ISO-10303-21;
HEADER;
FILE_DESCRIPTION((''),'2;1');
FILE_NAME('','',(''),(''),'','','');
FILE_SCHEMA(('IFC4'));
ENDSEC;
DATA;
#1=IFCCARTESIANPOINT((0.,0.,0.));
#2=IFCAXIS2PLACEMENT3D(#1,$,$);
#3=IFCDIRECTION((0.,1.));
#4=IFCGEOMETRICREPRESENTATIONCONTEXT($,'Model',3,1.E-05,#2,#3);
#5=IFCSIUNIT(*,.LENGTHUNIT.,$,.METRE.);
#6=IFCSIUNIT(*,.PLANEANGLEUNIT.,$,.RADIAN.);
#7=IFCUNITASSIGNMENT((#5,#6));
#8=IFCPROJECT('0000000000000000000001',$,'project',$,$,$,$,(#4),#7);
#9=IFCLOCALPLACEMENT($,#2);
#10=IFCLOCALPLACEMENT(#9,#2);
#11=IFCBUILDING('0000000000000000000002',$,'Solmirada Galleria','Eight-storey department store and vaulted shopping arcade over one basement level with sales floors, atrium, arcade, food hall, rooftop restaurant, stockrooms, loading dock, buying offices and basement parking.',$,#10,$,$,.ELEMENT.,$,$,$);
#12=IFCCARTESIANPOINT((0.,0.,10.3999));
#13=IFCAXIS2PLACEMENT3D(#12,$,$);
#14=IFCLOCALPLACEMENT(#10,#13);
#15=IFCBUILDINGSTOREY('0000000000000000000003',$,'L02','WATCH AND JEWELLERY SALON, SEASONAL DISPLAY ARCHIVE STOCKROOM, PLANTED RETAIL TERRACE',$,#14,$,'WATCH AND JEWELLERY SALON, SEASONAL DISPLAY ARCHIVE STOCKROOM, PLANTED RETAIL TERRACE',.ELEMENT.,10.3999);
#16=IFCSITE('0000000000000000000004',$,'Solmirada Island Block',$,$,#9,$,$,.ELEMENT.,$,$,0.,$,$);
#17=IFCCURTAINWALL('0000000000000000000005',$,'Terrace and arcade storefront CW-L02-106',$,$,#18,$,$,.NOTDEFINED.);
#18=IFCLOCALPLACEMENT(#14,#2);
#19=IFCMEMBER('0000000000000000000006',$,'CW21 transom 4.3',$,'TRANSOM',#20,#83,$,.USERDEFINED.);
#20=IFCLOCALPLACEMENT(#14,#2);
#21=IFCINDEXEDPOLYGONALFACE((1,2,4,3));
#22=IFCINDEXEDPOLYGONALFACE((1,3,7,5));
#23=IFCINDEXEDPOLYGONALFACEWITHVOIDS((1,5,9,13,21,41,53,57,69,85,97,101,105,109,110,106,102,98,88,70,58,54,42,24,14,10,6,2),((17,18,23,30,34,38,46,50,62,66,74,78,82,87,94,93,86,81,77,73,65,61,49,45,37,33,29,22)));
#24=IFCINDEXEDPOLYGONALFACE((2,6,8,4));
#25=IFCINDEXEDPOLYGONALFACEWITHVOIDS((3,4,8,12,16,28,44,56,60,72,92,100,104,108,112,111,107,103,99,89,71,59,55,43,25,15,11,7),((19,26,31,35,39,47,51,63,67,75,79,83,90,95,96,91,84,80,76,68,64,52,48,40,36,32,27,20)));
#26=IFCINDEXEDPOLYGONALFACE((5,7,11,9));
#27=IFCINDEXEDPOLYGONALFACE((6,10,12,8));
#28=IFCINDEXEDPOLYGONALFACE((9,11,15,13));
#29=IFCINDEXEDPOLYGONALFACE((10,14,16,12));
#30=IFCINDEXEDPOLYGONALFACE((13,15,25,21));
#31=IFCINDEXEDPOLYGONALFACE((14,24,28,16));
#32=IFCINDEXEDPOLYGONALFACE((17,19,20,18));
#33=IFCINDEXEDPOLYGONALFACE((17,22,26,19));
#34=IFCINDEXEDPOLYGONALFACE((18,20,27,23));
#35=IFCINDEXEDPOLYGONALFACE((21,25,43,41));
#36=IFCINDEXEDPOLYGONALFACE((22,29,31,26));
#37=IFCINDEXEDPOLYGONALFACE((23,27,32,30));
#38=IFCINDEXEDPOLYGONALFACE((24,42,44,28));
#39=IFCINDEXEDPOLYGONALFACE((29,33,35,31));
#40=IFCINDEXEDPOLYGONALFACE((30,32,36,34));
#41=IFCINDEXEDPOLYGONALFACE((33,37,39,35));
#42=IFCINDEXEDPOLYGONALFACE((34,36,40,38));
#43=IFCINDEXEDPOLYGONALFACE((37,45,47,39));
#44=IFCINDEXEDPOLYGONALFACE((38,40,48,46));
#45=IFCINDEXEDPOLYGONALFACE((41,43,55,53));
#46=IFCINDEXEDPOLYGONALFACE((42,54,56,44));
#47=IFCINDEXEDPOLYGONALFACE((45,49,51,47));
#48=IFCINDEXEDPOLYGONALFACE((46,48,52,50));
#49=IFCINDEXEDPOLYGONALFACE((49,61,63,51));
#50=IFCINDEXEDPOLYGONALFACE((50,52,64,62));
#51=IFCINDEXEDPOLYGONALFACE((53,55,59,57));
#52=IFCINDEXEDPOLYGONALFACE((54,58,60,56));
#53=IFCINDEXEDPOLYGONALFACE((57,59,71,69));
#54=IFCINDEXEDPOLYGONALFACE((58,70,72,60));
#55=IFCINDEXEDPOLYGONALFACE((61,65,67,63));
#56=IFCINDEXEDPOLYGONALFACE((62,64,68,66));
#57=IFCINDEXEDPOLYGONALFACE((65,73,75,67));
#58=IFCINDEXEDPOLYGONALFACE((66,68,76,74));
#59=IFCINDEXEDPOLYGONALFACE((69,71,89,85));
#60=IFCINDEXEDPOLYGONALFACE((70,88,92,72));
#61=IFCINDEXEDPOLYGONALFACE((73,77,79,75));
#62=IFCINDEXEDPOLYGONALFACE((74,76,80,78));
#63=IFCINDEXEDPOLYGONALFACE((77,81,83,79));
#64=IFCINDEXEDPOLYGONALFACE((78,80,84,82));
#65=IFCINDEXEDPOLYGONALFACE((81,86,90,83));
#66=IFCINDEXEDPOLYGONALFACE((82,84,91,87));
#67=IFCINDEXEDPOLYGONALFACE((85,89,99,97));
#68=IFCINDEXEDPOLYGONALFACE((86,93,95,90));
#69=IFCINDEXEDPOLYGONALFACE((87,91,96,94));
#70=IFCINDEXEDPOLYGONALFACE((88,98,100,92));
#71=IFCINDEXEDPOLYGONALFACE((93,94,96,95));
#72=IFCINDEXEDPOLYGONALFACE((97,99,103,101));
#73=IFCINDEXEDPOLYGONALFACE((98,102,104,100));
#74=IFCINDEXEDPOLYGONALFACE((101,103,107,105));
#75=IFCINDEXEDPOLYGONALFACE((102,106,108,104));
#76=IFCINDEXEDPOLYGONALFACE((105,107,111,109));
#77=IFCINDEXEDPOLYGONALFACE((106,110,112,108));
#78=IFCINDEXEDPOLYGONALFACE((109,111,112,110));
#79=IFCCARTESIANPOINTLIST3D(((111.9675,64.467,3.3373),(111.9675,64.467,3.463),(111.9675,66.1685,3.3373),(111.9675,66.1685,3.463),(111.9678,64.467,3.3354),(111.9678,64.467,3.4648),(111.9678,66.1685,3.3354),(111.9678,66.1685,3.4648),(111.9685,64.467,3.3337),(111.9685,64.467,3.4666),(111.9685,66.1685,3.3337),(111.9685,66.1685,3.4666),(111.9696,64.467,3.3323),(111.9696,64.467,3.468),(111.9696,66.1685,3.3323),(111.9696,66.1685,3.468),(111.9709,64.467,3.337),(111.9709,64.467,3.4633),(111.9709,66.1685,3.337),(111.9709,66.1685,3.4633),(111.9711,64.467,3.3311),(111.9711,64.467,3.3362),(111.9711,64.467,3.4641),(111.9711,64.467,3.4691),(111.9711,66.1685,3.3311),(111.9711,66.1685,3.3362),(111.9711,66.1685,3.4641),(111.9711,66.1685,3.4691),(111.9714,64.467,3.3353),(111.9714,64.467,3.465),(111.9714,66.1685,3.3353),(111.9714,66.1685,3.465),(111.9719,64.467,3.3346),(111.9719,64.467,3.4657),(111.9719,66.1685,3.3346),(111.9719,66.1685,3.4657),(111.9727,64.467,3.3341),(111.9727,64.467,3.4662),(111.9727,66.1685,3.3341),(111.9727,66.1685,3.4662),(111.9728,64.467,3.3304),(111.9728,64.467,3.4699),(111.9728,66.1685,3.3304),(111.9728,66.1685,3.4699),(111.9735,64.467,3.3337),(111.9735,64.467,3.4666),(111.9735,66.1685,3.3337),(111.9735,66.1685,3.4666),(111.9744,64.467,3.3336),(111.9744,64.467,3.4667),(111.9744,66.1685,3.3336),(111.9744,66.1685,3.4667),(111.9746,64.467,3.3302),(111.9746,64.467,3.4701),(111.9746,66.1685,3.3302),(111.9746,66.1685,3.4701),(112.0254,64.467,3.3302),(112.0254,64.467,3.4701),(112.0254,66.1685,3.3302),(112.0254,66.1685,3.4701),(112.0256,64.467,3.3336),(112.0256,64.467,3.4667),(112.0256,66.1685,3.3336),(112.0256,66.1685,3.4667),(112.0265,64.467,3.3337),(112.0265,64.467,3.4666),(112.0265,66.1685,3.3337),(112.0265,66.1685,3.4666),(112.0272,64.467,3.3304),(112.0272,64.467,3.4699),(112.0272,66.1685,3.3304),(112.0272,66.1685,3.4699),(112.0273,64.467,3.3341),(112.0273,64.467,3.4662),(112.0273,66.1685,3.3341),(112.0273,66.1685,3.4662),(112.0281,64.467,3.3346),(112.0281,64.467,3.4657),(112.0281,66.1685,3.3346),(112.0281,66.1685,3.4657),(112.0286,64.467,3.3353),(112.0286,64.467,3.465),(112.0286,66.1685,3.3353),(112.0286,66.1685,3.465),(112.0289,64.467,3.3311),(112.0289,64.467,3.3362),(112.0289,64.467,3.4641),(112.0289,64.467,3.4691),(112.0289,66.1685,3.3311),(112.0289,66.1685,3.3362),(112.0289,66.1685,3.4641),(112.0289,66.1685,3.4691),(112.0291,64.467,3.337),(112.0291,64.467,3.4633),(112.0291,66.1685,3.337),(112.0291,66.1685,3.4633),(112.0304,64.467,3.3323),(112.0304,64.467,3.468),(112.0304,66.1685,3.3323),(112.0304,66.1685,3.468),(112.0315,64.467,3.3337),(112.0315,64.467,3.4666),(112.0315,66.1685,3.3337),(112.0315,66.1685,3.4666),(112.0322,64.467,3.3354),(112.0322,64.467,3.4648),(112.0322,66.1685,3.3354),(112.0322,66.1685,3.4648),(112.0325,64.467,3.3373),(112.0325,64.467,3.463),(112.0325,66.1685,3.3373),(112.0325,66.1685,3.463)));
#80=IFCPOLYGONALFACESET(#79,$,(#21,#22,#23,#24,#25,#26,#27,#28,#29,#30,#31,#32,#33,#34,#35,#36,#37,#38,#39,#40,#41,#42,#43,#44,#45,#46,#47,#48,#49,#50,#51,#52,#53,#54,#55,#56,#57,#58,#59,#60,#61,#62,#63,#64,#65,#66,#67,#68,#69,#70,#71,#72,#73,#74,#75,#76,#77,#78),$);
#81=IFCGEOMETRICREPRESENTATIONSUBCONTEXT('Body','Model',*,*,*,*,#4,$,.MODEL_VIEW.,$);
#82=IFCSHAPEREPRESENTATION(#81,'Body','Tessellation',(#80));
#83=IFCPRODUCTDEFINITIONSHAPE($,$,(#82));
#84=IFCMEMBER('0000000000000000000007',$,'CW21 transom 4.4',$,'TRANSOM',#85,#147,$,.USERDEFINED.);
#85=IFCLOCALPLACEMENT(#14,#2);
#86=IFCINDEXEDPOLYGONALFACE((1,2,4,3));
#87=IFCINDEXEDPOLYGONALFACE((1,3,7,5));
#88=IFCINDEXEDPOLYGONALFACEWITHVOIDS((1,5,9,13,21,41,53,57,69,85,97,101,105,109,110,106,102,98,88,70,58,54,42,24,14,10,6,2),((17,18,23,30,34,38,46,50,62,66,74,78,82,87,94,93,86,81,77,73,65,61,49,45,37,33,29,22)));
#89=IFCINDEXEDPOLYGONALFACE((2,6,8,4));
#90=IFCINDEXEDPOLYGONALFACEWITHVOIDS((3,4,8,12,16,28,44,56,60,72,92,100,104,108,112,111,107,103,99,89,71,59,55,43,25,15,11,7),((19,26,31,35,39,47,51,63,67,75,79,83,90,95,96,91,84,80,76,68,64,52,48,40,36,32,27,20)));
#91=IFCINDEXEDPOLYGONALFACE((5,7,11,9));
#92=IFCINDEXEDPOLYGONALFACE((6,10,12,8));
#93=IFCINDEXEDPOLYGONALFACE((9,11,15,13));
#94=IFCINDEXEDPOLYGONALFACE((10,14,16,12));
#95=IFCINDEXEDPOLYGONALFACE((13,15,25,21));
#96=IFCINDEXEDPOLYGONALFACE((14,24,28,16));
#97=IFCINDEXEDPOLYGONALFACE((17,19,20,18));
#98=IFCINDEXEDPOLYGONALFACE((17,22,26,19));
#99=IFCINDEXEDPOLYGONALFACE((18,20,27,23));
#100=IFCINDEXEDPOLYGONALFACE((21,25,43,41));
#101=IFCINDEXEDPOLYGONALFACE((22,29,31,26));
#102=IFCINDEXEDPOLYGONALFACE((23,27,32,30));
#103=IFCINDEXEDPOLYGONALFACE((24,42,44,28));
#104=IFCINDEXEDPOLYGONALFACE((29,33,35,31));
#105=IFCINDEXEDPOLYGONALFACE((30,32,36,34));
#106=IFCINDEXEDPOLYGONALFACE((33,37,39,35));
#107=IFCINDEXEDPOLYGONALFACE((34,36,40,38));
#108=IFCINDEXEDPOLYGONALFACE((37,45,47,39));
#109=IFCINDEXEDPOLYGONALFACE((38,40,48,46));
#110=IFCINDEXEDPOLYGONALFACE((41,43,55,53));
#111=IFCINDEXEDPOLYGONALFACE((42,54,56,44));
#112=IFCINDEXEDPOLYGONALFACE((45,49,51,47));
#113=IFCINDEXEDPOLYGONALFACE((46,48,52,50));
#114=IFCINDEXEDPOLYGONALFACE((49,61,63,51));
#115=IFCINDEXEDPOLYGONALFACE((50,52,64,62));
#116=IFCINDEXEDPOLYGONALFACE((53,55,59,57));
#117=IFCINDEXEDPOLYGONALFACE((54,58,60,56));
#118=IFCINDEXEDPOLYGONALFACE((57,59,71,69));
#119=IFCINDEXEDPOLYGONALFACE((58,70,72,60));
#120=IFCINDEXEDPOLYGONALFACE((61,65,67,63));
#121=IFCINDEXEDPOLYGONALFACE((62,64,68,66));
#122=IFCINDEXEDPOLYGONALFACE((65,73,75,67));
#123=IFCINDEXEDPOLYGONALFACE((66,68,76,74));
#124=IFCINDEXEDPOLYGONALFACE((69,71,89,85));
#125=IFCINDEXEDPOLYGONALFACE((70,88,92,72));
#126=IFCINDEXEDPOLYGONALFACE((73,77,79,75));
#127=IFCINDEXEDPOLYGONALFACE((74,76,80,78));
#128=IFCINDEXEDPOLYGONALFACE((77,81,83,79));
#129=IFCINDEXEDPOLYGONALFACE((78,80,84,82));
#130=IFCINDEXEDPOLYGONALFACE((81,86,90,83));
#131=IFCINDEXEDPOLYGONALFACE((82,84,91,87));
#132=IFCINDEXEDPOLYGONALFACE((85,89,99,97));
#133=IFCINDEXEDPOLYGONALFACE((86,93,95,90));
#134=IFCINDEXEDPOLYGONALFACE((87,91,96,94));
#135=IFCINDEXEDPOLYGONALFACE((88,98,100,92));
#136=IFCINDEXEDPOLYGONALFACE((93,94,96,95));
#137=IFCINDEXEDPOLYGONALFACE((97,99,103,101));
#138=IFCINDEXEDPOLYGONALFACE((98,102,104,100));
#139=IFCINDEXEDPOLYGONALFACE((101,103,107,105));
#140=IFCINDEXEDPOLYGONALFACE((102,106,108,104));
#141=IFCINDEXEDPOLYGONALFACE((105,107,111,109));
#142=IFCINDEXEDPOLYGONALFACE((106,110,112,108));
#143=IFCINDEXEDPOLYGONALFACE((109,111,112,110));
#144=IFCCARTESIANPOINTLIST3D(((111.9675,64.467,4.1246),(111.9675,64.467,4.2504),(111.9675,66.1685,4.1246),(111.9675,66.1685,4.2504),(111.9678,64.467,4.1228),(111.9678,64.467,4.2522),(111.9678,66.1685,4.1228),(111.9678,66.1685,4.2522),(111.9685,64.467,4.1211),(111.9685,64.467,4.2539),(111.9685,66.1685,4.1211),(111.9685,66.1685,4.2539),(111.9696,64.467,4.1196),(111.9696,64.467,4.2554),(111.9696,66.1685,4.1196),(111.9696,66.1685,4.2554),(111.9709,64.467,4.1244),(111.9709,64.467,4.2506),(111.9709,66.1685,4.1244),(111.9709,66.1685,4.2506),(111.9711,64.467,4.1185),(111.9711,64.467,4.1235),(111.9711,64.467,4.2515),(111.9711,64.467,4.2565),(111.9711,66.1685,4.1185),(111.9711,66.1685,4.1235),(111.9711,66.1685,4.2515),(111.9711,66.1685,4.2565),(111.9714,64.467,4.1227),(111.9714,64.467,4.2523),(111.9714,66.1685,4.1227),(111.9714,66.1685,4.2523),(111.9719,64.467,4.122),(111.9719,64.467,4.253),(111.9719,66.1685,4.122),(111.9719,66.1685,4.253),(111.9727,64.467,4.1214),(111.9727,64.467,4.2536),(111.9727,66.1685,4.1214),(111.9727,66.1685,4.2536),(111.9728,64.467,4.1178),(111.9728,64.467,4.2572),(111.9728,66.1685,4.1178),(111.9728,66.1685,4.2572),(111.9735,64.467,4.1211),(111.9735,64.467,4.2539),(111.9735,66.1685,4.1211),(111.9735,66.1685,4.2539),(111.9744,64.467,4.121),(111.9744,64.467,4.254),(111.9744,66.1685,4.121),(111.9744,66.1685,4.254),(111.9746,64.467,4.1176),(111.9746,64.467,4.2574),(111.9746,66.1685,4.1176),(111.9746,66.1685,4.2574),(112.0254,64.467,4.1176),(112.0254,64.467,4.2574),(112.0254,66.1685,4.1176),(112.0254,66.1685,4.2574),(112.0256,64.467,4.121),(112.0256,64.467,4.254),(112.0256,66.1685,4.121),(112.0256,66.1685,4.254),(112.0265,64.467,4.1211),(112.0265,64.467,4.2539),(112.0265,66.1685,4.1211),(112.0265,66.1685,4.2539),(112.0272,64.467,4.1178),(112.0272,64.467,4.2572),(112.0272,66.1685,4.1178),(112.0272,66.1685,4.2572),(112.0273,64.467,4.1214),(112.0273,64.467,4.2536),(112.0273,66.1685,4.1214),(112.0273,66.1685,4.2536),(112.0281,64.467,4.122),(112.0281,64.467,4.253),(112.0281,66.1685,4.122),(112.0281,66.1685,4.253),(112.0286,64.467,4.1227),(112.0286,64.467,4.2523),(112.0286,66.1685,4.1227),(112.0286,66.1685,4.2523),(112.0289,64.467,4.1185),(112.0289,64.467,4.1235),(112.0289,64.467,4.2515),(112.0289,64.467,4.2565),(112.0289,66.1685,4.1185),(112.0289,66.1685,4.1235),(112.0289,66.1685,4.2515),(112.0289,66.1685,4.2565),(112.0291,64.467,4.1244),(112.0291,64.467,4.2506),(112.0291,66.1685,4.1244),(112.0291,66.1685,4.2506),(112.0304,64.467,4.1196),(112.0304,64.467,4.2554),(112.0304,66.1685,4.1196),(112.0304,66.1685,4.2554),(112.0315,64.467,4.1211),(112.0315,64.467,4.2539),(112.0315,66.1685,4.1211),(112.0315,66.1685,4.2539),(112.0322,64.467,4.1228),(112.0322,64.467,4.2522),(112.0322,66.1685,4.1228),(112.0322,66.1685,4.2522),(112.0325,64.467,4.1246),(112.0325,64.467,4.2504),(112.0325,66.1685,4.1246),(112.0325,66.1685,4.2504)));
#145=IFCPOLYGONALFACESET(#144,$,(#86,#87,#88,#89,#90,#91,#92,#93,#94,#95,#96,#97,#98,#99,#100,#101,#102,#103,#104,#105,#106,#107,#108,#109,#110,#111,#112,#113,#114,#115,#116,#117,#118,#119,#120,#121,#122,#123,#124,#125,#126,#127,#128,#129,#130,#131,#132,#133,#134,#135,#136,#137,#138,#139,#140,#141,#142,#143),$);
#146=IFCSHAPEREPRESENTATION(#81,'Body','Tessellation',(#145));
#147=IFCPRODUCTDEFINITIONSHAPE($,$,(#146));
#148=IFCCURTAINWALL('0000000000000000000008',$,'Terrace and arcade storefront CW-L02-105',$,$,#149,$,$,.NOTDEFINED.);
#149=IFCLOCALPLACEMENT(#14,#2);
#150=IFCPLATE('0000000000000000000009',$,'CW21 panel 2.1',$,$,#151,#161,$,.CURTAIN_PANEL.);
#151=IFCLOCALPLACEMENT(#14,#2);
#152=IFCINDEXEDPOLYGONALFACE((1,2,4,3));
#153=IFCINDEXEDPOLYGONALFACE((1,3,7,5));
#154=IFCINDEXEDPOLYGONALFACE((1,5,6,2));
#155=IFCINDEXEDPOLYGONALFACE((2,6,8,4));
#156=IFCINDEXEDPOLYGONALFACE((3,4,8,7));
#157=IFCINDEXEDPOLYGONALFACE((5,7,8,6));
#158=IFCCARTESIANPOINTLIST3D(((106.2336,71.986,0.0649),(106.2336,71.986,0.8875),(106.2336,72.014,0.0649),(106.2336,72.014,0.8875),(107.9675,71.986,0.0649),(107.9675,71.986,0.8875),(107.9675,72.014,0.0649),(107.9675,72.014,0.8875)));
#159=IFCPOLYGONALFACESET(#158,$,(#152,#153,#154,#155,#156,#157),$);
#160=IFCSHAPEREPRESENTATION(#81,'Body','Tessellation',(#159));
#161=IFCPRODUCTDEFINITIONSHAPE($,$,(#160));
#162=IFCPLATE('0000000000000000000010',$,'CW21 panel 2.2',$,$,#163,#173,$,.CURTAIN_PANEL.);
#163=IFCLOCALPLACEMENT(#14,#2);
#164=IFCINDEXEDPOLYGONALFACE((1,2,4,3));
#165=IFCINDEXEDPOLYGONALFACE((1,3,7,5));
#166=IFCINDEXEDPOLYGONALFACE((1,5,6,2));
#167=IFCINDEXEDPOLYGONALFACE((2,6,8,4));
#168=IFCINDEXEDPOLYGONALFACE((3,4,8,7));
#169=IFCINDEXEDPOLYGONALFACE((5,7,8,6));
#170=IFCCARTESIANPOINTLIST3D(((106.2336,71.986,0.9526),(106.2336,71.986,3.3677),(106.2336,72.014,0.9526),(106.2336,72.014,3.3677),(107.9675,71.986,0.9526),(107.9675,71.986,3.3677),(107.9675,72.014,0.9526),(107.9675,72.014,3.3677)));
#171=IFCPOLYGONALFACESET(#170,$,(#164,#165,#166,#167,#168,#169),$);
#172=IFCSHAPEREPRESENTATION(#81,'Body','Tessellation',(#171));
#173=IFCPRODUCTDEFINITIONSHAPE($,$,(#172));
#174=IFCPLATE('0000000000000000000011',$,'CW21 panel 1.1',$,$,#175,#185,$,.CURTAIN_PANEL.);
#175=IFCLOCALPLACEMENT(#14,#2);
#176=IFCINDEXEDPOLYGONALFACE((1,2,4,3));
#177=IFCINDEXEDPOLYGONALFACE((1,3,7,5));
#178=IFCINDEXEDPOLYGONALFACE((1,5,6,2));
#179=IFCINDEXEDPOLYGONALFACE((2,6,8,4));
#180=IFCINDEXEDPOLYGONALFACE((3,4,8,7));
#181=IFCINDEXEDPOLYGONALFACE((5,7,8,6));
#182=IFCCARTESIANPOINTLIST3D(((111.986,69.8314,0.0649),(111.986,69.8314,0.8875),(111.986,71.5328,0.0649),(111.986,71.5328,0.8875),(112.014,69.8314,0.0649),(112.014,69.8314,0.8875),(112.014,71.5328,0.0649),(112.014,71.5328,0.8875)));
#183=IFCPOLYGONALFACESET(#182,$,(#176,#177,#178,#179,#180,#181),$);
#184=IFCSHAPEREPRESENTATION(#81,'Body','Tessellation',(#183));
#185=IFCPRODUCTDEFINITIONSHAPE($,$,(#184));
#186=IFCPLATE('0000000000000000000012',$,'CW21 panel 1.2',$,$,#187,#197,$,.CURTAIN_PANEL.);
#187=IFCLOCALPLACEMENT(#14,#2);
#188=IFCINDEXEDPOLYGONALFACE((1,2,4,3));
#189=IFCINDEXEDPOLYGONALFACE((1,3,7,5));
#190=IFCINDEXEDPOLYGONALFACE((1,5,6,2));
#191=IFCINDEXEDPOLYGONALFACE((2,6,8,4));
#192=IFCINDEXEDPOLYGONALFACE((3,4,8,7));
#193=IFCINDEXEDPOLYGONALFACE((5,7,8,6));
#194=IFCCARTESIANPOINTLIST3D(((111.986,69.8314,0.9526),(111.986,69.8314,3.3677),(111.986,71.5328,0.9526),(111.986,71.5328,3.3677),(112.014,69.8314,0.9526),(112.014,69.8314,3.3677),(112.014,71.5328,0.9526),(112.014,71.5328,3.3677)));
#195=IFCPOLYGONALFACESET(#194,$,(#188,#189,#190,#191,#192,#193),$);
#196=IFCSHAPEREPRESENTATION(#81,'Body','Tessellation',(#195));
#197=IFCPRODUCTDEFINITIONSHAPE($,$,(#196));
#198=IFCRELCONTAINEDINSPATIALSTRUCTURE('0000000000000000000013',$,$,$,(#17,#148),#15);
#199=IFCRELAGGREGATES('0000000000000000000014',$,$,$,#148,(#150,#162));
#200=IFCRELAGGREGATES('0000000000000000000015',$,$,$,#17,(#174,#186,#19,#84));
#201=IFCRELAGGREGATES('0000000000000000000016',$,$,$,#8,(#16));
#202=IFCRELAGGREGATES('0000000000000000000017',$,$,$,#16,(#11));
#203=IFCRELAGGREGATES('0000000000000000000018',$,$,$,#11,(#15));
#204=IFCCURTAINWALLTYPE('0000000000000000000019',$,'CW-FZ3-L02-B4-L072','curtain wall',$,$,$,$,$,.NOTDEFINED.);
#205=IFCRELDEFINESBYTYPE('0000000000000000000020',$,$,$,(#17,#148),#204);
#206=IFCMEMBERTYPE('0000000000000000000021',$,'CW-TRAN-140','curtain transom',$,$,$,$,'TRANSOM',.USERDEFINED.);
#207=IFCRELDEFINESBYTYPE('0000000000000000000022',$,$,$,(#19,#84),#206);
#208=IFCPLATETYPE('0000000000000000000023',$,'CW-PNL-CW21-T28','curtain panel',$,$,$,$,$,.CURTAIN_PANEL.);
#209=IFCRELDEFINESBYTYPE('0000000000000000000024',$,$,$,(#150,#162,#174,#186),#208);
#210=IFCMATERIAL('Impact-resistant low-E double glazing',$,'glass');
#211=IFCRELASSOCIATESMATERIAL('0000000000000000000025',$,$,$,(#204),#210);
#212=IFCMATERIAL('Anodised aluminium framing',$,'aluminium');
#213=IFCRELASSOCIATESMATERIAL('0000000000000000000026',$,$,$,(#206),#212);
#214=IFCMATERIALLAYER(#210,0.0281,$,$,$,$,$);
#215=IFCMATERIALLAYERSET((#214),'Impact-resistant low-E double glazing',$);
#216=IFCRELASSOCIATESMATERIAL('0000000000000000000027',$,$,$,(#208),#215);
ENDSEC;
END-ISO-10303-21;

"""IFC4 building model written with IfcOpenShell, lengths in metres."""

from ifc_helpers import new_model, si_unit, direction, frame, origin, origin_2d, place, context, subcontext, project, spatial, rectangle, hollow_rectangle, extrude, material, layer, layer_set, material_profile, profile_set, type_object, element, aggregate, save


model = new_model("IFC4")

# Units and contexts
model_context = context("Model", 3, precision=1e-05, world=origin(), true_north=direction((0.0, 1.0)))
body_context = subcontext(model_context, "Body", "Model", "MODEL_VIEW")
ifc_project = project(units=[si_unit("LENGTHUNIT", "METRE"), si_unit("PLANEANGLEUNIT", "RADIAN")], contexts=[model_context])

# Site, building, storey
site_placement = place(None, origin())
site = spatial("IfcSite", under=ifc_project, at=site_placement, Name="Solmirada Island Block", CompositionType="ELEMENT", RefElevation=0.0)
building_placement = place(site_placement, origin())
building = spatial("IfcBuilding", under=site, at=building_placement, Name="Solmirada Galleria", Description="Eight-storey department store and vaulted shopping arcade over one basement level with sales floors, atrium, arcade, food hall, rooftop restaurant, stockrooms, loading dock, buying offices and basement parking.", CompositionType="ELEMENT")
storey_placement = place(building_placement, frame((0.0, 0.0, 10.3999)))
storey = spatial("IfcBuildingStorey", under=building, at=storey_placement, Name="L02", Description="WATCH AND JEWELLERY SALON, SEASONAL DISPLAY ARCHIVE STOCKROOM, PLANTED RETAIL TERRACE", LongName="WATCH AND JEWELLERY SALON, SEASONAL DISPLAY ARCHIVE STOCKROOM, PLANTED RETAIL TERRACE", CompositionType="ELEMENT", Elevation=10.3999)

# Curtain wall, members
ifc_material_1 = material(Name="Impact-resistant low-E double glazing", Category="glass")
curtain_wall_type = type_object("IfcCurtainWallType", Name="CW-FZ3-L02-B4-L072", Description="curtain wall", PredefinedType="NOTDEFINED", material=ifc_material_1)
curtain_wall_1_placement = place(storey_placement, origin())
curtain_wall_1 = element("IfcCurtainWall", 1, at=curtain_wall_1_placement, inside=storey, type_object=curtain_wall_type, Name="Terrace and arcade storefront CW-L02-106", PredefinedType="NOTDEFINED")
ifc_material_2 = material(Name="Anodised aluminium framing", Category="aluminium")
ifc_material_profile_1 = material_profile(ifc_material_2, hollow_rectangle(XDim=0.0649, YDim=0.1399, WallThickness=0.0034, InnerFilletRadius=0.0034, OuterFilletRadius=0.0071, at=origin_2d()), Name="ALU-TRAN-140X65")
ifc_profile_set_1 = profile_set([ifc_material_profile_1], Name="Anodised aluminium framing")
member_type_1 = type_object("IfcMemberType", Name="CW-TRAN-140", Description="curtain transom", ElementType="TRANSOM", PredefinedType="USERDEFINED", material=ifc_profile_set_1)
member_1_placement = place(storey_placement, frame((112.0, 66.1685, 3.4001), z_axis=(0.0, -1.0, 0.0), x_axis=(1.0, 0.0, 0.0)))
member_1 = element("IfcMember", 2, at=member_1_placement, type_object=member_type_1, Name="CW21 transom 4.3", ObjectType="TRANSOM", PredefinedType="USERDEFINED", context=body_context, shape_type="SweptSolid", body=[
    extrude(hollow_rectangle(XDim=0.0649, YDim=0.1399, WallThickness=0.0034, InnerFilletRadius=0.0034, OuterFilletRadius=0.0071, at=origin_2d()), origin(), (0.0, 0.0, 1.0), 1.7014),
])
member_2_placement = place(storey_placement, frame((112.0, 66.1685, 4.1875), z_axis=(0.0, -1.0, 0.0), x_axis=(1.0, 0.0, 0.0)))
member_2 = element("IfcMember", 3, at=member_2_placement, type_object=member_type_1, Name="CW21 transom 4.4", ObjectType="TRANSOM", PredefinedType="USERDEFINED", context=body_context, shape_type="SweptSolid", body=[
    extrude(hollow_rectangle(XDim=0.0649, YDim=0.1399, WallThickness=0.0034, InnerFilletRadius=0.0034, OuterFilletRadius=0.0071, at=origin_2d()), origin(), (0.0, 0.0, 1.0), 1.7014),
])

# Curtain wall, plates
curtain_wall_2_placement = place(storey_placement, origin())
curtain_wall_2 = element("IfcCurtainWall", 4, at=curtain_wall_2_placement, inside=storey, type_object=curtain_wall_type, Name="Terrace and arcade storefront CW-L02-105", PredefinedType="NOTDEFINED")
ifc_layer = layer(ifc_material_1, 0.0281)
ifc_layer_set = layer_set([ifc_layer], Name="Impact-resistant low-E double glazing")
plate_type = type_object("IfcPlateType", Name="CW-PNL-CW21-T28", Description="curtain panel", PredefinedType="CURTAIN_PANEL", material=ifc_layer_set)
plate_1_placement = place(storey_placement, frame((107.1006, 72.0, 0.0649), z_axis=(0.0, 0.0, 1.0), x_axis=(1.0, 0.0, 0.0)))
plate_1 = element("IfcPlate", 5, at=plate_1_placement, type_object=plate_type, Name="CW21 panel 2.1", PredefinedType="CURTAIN_PANEL", context=body_context, shape_type="SweptSolid", body=[
    extrude(rectangle(XDim=1.7339, YDim=0.0281, at=origin_2d()), origin(), (0.0, 0.0, 1.0), 0.8225),
])
plate_2_placement = place(storey_placement, frame((107.1006, 72.0, 0.9526), z_axis=(0.0, 0.0, 1.0), x_axis=(1.0, 0.0, 0.0)))
plate_2 = element("IfcPlate", 6, at=plate_2_placement, type_object=plate_type, Name="CW21 panel 2.2", PredefinedType="CURTAIN_PANEL", context=body_context, shape_type="SweptSolid", body=[
    extrude(rectangle(XDim=1.7339, YDim=0.0281, at=origin_2d()), origin(), (0.0, 0.0, 1.0), 2.415),
])
aggregate(curtain_wall_2, [plate_1, plate_2])

# Plates
plate_3_placement = place(storey_placement, frame((112.0, 70.6821, 0.0649), z_axis=(0.0, 0.0, 1.0), x_axis=(0.0, -1.0, 0.0)))
plate_3 = element("IfcPlate", 7, at=plate_3_placement, type_object=plate_type, Name="CW21 panel 1.1", PredefinedType="CURTAIN_PANEL", context=body_context, shape_type="SweptSolid", body=[
    extrude(rectangle(XDim=1.7014, YDim=0.0281, at=origin_2d()), origin(), (0.0, 0.0, 1.0), 0.8225),
])
plate_4_placement = place(storey_placement, frame((112.0, 70.6821, 0.9526), z_axis=(0.0, 0.0, 1.0), x_axis=(0.0, -1.0, 0.0)))
plate_4 = element("IfcPlate", 8, at=plate_4_placement, type_object=plate_type, Name="CW21 panel 1.2", PredefinedType="CURTAIN_PANEL", context=body_context, shape_type="SweptSolid", body=[
    extrude(rectangle(XDim=1.7014, YDim=0.0281, at=origin_2d()), origin(), (0.0, 0.0, 1.0), 2.415),
])
aggregate(curtain_wall_1, [plate_3, plate_4, member_1, member_2])

save(model, "model.ifc")
